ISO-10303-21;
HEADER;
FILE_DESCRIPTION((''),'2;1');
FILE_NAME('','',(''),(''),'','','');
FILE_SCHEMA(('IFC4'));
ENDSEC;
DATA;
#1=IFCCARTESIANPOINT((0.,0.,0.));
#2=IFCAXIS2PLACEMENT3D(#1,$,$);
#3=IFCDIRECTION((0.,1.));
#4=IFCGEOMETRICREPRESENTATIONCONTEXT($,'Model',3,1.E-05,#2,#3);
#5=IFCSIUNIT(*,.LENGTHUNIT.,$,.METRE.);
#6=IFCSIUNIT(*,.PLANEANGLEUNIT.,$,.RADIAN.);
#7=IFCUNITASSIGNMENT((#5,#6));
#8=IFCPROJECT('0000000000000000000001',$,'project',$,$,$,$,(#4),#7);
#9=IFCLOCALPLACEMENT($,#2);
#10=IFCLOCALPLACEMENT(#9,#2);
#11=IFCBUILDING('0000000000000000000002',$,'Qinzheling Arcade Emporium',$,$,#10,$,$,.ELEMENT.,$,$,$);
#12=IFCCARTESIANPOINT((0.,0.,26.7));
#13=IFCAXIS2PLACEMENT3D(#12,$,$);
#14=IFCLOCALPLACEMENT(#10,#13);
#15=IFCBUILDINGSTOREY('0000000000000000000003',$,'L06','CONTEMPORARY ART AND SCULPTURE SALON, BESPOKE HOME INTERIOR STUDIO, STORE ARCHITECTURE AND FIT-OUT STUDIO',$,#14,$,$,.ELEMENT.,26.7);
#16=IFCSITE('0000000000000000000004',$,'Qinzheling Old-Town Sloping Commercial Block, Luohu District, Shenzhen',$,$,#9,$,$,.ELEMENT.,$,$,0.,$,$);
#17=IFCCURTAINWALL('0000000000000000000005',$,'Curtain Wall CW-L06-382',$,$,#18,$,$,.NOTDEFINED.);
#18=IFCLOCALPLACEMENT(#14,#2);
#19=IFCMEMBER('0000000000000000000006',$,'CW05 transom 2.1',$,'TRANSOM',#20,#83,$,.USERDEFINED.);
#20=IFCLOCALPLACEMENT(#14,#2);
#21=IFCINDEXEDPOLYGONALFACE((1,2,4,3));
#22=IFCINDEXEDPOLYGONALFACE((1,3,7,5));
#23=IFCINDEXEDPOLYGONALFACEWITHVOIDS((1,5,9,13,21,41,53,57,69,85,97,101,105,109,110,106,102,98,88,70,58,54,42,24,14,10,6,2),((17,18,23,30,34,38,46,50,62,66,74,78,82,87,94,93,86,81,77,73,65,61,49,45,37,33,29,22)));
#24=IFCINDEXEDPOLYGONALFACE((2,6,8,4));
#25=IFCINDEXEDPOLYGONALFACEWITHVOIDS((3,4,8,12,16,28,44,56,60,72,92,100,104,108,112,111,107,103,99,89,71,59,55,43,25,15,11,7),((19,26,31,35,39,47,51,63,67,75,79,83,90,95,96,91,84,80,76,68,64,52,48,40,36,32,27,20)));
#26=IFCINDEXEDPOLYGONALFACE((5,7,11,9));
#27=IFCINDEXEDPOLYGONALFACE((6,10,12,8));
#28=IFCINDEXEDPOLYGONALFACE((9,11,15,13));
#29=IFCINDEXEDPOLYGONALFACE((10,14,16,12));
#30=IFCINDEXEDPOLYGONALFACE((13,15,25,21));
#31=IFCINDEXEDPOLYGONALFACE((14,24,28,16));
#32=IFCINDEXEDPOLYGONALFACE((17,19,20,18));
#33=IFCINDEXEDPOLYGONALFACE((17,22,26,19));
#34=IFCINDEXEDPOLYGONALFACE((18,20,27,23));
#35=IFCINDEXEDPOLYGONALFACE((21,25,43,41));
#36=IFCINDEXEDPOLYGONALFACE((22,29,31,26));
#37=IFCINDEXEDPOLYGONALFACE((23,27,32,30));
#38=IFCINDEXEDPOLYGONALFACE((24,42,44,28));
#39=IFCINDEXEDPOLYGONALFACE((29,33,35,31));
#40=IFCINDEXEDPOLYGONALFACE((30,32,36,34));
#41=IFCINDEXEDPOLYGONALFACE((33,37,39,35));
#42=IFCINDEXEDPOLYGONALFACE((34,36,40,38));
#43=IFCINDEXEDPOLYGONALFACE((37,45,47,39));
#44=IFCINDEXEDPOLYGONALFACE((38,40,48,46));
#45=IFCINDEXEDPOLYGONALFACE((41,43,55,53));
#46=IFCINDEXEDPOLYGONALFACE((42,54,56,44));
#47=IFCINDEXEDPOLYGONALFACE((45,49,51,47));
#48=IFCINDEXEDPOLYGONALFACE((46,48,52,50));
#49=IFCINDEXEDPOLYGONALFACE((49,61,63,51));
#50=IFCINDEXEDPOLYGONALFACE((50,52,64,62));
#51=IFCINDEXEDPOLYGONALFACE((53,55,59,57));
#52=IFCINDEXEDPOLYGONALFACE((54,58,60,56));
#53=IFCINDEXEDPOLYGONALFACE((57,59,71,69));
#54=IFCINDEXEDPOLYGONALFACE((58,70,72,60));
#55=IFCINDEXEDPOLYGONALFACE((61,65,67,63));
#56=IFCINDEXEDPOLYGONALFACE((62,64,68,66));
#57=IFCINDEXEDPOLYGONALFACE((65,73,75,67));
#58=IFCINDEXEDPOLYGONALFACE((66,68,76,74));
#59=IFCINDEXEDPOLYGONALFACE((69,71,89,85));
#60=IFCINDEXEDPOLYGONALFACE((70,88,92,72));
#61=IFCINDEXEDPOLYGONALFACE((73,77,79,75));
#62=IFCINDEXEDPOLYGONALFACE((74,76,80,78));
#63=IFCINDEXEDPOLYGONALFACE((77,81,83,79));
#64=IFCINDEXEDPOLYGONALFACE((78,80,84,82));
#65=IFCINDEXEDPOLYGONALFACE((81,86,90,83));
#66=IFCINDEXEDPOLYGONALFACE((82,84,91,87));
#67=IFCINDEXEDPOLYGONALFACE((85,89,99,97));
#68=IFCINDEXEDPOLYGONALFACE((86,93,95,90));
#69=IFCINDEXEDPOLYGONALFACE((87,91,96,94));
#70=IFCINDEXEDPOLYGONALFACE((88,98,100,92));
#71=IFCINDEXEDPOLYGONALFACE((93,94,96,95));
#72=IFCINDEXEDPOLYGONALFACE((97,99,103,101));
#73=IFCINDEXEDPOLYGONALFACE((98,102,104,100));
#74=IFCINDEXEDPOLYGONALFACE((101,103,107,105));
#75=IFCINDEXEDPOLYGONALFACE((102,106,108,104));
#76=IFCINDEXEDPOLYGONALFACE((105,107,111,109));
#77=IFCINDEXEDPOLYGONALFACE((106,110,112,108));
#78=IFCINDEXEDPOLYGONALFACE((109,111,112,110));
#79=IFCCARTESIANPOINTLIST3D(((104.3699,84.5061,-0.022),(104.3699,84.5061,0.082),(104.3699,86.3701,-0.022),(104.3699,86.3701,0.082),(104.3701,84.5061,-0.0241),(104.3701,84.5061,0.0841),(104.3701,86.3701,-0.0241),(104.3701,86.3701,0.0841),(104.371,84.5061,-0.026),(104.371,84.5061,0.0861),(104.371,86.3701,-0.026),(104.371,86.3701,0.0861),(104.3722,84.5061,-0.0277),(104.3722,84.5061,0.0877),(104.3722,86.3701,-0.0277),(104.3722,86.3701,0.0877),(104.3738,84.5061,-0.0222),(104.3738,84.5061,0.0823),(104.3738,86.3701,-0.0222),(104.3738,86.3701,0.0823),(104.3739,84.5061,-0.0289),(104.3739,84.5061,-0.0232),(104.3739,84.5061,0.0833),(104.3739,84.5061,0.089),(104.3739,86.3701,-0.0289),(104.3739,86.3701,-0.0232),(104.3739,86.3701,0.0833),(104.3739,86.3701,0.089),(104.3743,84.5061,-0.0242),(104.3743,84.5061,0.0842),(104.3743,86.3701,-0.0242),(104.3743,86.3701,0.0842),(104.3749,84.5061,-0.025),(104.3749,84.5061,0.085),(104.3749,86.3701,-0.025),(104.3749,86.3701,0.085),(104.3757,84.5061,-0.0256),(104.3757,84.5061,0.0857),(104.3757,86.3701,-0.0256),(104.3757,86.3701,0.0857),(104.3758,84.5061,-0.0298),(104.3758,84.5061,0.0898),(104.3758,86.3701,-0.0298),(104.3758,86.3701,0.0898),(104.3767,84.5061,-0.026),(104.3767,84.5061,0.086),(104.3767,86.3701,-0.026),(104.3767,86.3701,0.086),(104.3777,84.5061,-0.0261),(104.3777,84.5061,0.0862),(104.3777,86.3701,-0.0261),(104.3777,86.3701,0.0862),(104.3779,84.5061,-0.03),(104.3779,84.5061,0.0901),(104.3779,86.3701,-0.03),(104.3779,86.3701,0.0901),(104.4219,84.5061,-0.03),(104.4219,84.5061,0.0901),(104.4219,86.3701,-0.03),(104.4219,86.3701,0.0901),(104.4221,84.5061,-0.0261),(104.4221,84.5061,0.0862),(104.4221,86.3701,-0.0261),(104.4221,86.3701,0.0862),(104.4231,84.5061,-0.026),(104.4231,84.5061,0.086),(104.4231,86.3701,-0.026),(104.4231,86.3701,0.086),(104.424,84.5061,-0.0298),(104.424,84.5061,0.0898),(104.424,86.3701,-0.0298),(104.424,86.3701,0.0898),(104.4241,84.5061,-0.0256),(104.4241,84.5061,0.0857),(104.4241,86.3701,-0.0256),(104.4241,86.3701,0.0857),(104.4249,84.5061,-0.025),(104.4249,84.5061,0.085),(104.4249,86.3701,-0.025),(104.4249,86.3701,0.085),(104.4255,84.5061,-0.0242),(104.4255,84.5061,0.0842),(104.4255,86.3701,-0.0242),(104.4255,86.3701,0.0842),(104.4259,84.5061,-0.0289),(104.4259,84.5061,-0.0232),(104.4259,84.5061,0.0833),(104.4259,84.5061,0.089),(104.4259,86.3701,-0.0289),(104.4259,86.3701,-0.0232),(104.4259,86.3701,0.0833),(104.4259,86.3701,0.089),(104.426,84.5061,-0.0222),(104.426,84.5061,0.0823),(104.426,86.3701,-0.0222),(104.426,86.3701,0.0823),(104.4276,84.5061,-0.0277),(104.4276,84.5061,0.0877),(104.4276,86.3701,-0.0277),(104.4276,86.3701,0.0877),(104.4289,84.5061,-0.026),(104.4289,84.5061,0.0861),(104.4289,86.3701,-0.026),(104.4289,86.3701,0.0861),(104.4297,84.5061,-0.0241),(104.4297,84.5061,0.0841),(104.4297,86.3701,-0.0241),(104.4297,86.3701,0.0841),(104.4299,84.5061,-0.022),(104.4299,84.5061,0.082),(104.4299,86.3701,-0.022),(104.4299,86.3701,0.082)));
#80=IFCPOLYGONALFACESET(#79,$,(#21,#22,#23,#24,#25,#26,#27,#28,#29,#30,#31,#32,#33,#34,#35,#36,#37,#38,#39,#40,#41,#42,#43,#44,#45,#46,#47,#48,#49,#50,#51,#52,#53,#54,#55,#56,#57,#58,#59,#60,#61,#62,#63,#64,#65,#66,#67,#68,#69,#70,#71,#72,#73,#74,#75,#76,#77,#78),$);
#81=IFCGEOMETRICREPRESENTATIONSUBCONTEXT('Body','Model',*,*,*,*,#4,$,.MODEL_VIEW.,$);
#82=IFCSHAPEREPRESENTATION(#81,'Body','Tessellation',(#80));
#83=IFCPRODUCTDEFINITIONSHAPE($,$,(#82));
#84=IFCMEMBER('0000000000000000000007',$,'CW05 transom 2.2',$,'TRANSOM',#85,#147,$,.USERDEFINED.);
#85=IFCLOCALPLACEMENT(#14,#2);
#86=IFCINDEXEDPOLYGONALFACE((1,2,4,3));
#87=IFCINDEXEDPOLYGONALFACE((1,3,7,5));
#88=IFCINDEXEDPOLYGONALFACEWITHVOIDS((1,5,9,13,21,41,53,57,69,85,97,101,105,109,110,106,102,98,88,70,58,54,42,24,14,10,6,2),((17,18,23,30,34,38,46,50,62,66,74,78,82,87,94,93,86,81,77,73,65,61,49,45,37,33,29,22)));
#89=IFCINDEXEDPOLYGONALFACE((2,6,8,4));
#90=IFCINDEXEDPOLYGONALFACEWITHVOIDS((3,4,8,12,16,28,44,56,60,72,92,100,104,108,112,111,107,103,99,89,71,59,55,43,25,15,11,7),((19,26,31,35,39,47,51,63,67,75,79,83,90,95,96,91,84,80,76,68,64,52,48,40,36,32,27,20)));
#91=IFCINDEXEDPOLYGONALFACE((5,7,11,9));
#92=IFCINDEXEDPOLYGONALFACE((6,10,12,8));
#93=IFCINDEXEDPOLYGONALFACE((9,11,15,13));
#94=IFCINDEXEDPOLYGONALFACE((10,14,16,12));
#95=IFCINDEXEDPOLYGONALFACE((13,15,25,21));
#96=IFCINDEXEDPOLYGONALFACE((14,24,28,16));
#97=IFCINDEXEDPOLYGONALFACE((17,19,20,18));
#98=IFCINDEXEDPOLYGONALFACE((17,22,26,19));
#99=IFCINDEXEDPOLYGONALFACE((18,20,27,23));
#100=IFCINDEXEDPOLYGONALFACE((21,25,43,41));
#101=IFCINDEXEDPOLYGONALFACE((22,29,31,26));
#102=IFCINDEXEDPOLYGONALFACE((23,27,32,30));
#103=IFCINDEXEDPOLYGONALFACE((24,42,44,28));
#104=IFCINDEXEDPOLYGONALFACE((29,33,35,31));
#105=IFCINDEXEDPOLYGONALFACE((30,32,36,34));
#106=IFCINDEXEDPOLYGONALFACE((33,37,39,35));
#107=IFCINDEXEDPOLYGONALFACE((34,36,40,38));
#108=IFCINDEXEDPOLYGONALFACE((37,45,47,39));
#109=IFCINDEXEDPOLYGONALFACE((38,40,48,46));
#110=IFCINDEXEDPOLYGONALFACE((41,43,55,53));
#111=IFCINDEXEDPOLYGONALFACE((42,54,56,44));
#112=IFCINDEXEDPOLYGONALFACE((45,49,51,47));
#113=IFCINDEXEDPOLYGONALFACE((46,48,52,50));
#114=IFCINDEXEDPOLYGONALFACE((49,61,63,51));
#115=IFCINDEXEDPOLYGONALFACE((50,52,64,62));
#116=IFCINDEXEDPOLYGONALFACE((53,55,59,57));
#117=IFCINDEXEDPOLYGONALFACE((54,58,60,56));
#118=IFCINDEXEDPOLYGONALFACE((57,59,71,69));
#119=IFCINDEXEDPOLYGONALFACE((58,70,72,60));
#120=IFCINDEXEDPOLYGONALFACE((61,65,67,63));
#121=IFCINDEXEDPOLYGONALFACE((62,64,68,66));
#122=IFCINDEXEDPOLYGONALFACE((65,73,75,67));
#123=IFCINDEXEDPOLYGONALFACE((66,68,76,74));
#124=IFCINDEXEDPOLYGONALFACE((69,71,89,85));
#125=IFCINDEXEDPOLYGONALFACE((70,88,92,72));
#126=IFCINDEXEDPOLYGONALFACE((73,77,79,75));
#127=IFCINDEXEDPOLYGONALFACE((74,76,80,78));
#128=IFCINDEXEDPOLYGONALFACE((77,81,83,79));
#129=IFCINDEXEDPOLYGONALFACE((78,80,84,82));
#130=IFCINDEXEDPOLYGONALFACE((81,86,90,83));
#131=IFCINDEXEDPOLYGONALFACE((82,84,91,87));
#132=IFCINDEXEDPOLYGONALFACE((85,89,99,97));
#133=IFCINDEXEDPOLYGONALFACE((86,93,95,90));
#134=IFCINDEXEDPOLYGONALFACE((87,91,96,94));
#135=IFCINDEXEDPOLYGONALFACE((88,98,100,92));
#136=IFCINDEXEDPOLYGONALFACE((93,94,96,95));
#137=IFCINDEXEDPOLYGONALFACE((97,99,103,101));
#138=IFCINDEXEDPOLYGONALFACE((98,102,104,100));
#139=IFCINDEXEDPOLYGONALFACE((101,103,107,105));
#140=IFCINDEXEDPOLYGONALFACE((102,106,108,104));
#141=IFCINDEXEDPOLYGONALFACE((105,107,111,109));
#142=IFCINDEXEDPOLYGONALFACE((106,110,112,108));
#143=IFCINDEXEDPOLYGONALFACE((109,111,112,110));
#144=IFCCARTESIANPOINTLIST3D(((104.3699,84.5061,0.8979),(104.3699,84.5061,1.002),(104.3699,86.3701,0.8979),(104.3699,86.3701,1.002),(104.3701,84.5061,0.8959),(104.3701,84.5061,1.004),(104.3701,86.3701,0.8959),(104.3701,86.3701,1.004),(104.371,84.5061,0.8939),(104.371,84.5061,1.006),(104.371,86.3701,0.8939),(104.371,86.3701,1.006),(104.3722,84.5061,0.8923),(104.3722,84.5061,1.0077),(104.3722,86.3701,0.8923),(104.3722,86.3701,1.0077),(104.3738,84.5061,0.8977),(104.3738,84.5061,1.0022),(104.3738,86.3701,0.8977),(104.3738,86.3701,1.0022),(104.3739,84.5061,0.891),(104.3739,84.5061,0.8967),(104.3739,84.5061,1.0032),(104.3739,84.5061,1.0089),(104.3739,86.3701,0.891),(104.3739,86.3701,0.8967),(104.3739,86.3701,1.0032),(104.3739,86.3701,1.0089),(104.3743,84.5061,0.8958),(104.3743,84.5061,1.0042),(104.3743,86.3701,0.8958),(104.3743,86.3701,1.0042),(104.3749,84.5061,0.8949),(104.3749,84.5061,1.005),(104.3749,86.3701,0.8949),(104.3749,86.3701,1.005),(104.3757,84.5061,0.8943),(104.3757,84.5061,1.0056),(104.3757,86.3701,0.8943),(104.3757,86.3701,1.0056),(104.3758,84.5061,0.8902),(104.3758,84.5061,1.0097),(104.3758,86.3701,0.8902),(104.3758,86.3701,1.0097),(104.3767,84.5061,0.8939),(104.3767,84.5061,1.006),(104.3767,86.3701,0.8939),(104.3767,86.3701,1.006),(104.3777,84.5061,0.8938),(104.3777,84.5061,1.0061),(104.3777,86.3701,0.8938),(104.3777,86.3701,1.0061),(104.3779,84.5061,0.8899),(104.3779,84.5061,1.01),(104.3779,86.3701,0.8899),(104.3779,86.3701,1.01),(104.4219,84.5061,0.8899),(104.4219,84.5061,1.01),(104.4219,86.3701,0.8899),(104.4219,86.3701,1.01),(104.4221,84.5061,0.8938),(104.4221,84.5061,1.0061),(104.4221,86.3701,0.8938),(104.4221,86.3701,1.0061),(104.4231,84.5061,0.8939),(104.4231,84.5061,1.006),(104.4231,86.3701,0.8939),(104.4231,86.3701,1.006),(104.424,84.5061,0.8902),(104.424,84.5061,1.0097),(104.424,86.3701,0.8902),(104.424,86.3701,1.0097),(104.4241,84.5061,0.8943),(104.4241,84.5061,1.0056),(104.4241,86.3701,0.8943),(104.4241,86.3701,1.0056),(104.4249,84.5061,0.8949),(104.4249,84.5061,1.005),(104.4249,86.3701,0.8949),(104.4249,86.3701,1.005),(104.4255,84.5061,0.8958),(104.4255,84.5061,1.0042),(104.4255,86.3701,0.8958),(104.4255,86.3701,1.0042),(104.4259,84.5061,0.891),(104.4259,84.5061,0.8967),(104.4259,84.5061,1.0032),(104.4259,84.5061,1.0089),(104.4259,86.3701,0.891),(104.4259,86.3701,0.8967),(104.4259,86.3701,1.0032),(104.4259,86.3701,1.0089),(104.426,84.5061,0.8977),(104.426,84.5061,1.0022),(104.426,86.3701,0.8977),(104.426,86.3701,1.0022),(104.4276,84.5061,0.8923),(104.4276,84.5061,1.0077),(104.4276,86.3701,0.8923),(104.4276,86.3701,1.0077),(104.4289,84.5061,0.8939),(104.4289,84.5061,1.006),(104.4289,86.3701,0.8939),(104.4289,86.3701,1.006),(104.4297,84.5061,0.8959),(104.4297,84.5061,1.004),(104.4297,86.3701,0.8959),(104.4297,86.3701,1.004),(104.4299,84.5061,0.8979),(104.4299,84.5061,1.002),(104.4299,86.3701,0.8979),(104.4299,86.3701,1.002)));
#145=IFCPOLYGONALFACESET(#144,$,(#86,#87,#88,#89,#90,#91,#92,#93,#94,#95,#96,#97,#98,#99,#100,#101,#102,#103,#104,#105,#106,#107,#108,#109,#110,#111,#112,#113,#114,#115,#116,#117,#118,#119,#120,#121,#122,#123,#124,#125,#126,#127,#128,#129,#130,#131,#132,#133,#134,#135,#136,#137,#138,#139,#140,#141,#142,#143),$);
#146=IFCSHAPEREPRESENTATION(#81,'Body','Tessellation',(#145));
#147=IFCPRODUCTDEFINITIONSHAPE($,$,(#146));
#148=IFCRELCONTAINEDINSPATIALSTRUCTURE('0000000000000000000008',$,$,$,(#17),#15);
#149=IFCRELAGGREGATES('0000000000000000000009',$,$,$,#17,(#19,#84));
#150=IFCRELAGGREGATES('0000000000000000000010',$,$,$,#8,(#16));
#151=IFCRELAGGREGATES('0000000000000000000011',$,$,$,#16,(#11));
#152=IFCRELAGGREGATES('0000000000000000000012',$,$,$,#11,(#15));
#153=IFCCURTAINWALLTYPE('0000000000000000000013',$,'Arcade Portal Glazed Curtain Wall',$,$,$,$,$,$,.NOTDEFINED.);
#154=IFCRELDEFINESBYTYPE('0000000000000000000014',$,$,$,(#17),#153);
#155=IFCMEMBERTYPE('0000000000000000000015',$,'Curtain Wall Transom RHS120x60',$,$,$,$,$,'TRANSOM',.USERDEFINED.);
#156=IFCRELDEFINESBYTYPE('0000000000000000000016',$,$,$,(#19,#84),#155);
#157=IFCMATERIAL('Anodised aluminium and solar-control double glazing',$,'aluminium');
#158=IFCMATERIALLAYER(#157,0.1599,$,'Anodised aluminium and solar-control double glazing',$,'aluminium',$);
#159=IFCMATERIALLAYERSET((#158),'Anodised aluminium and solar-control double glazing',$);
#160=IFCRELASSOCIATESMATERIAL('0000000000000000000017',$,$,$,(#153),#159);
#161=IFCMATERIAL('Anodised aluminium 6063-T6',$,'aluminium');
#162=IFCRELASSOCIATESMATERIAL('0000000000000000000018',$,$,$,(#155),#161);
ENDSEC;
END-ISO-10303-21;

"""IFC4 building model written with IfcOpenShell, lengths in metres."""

from ifc_helpers import new_model, si_unit, direction, frame, origin, origin_2d, place, context, subcontext, project, spatial, hollow_rectangle, extrude, material, layer, layer_set, material_profile, profile_set, type_object, element, aggregate, save


model = new_model("IFC4")

# Units and contexts
model_context = context("Model", 3, precision=1e-05, world=origin(), true_north=direction((0.0, 1.0)))
body_context = subcontext(model_context, "Body", "Model", "MODEL_VIEW")
ifc_project = project(units=[si_unit("LENGTHUNIT", "METRE"), si_unit("PLANEANGLEUNIT", "RADIAN")], contexts=[model_context])

# Site, building, storey
site_placement = place(None, origin())
site = spatial("IfcSite", under=ifc_project, at=site_placement, Name="Qinzheling Old-Town Sloping Commercial Block, Luohu District, Shenzhen", CompositionType="ELEMENT", RefElevation=0.0)
building_placement = place(site_placement, origin())
building = spatial("IfcBuilding", under=site, at=building_placement, Name="Qinzheling Arcade Emporium", CompositionType="ELEMENT")
storey_placement = place(building_placement, frame((0.0, 0.0, 26.7)))
storey = spatial("IfcBuildingStorey", under=building, at=storey_placement, Name="L06", Description="CONTEMPORARY ART AND SCULPTURE SALON, BESPOKE HOME INTERIOR STUDIO, STORE ARCHITECTURE AND FIT-OUT STUDIO", CompositionType="ELEMENT", Elevation=26.7)

# Curtain wall, members
ifc_material_1 = material(Name="Anodised aluminium and solar-control double glazing", Category="aluminium")
ifc_layer_1 = layer(ifc_material_1, 0.1599, Name="Anodised aluminium and solar-control double glazing", Category="aluminium")
ifc_layer_set_1 = layer_set([ifc_layer_1], Name="Anodised aluminium and solar-control double glazing")
curtain_wall_type = type_object("IfcCurtainWallType", Name="Arcade Portal Glazed Curtain Wall", PredefinedType="NOTDEFINED", material=ifc_layer_set_1)
curtain_wall_placement = place(storey_placement, origin())
curtain_wall = element("IfcCurtainWall", 1, at=curtain_wall_placement, inside=storey, type_object=curtain_wall_type, Name="Curtain Wall CW-L06-382", PredefinedType="NOTDEFINED")
ifc_material_2 = material(Name="Anodised aluminium 6063-T6", Category="aluminium")
ifc_material_profile_1 = material_profile(ifc_material_2, hollow_rectangle(XDim=0.0601, YDim=0.1201, WallThickness=0.0039, InnerFilletRadius=0.0039, OuterFilletRadius=0.0081, at=origin_2d()), Name="RHS 120x60x4", Category="aluminium")
ifc_profile_set_1 = profile_set([ifc_material_profile_1], Name="Anodised aluminium 6063-T6")
member_type_1 = type_object("IfcMemberType", Name="Curtain Wall Transom RHS120x60", ElementType="TRANSOM", PredefinedType="USERDEFINED", material=ifc_profile_set_1)
member_1_placement = place(storey_placement, frame((104.3999, 84.5061, 0.03), z_axis=(0.0, 1.0, 0.0), x_axis=(-1.0, 0.0, 0.0)))
member_1 = element("IfcMember", 2, at=member_1_placement, type_object=member_type_1, Name="CW05 transom 2.1", ObjectType="TRANSOM", PredefinedType="USERDEFINED", context=body_context, shape_type="SweptSolid", body=[
    extrude(hollow_rectangle(XDim=0.0601, YDim=0.1201, WallThickness=0.0039, InnerFilletRadius=0.0039, OuterFilletRadius=0.0081, at=origin_2d()), origin(), (0.0, 0.0, 1.0), 1.864),
])
member_2_placement = place(storey_placement, frame((104.3999, 84.5061, 0.95), z_axis=(0.0, 1.0, 0.0), x_axis=(-1.0, 0.0, 0.0)))
member_2 = element("IfcMember", 3, at=member_2_placement, type_object=member_type_1, Name="CW05 transom 2.2", ObjectType="TRANSOM", PredefinedType="USERDEFINED", context=body_context, shape_type="SweptSolid", body=[
    extrude(hollow_rectangle(XDim=0.0601, YDim=0.1201, WallThickness=0.0039, InnerFilletRadius=0.0039, OuterFilletRadius=0.0081, at=origin_2d()), origin(), (0.0, 0.0, 1.0), 1.864),
])

aggregate(curtain_wall, [member_1, member_2])

save(model, "model.ifc")
